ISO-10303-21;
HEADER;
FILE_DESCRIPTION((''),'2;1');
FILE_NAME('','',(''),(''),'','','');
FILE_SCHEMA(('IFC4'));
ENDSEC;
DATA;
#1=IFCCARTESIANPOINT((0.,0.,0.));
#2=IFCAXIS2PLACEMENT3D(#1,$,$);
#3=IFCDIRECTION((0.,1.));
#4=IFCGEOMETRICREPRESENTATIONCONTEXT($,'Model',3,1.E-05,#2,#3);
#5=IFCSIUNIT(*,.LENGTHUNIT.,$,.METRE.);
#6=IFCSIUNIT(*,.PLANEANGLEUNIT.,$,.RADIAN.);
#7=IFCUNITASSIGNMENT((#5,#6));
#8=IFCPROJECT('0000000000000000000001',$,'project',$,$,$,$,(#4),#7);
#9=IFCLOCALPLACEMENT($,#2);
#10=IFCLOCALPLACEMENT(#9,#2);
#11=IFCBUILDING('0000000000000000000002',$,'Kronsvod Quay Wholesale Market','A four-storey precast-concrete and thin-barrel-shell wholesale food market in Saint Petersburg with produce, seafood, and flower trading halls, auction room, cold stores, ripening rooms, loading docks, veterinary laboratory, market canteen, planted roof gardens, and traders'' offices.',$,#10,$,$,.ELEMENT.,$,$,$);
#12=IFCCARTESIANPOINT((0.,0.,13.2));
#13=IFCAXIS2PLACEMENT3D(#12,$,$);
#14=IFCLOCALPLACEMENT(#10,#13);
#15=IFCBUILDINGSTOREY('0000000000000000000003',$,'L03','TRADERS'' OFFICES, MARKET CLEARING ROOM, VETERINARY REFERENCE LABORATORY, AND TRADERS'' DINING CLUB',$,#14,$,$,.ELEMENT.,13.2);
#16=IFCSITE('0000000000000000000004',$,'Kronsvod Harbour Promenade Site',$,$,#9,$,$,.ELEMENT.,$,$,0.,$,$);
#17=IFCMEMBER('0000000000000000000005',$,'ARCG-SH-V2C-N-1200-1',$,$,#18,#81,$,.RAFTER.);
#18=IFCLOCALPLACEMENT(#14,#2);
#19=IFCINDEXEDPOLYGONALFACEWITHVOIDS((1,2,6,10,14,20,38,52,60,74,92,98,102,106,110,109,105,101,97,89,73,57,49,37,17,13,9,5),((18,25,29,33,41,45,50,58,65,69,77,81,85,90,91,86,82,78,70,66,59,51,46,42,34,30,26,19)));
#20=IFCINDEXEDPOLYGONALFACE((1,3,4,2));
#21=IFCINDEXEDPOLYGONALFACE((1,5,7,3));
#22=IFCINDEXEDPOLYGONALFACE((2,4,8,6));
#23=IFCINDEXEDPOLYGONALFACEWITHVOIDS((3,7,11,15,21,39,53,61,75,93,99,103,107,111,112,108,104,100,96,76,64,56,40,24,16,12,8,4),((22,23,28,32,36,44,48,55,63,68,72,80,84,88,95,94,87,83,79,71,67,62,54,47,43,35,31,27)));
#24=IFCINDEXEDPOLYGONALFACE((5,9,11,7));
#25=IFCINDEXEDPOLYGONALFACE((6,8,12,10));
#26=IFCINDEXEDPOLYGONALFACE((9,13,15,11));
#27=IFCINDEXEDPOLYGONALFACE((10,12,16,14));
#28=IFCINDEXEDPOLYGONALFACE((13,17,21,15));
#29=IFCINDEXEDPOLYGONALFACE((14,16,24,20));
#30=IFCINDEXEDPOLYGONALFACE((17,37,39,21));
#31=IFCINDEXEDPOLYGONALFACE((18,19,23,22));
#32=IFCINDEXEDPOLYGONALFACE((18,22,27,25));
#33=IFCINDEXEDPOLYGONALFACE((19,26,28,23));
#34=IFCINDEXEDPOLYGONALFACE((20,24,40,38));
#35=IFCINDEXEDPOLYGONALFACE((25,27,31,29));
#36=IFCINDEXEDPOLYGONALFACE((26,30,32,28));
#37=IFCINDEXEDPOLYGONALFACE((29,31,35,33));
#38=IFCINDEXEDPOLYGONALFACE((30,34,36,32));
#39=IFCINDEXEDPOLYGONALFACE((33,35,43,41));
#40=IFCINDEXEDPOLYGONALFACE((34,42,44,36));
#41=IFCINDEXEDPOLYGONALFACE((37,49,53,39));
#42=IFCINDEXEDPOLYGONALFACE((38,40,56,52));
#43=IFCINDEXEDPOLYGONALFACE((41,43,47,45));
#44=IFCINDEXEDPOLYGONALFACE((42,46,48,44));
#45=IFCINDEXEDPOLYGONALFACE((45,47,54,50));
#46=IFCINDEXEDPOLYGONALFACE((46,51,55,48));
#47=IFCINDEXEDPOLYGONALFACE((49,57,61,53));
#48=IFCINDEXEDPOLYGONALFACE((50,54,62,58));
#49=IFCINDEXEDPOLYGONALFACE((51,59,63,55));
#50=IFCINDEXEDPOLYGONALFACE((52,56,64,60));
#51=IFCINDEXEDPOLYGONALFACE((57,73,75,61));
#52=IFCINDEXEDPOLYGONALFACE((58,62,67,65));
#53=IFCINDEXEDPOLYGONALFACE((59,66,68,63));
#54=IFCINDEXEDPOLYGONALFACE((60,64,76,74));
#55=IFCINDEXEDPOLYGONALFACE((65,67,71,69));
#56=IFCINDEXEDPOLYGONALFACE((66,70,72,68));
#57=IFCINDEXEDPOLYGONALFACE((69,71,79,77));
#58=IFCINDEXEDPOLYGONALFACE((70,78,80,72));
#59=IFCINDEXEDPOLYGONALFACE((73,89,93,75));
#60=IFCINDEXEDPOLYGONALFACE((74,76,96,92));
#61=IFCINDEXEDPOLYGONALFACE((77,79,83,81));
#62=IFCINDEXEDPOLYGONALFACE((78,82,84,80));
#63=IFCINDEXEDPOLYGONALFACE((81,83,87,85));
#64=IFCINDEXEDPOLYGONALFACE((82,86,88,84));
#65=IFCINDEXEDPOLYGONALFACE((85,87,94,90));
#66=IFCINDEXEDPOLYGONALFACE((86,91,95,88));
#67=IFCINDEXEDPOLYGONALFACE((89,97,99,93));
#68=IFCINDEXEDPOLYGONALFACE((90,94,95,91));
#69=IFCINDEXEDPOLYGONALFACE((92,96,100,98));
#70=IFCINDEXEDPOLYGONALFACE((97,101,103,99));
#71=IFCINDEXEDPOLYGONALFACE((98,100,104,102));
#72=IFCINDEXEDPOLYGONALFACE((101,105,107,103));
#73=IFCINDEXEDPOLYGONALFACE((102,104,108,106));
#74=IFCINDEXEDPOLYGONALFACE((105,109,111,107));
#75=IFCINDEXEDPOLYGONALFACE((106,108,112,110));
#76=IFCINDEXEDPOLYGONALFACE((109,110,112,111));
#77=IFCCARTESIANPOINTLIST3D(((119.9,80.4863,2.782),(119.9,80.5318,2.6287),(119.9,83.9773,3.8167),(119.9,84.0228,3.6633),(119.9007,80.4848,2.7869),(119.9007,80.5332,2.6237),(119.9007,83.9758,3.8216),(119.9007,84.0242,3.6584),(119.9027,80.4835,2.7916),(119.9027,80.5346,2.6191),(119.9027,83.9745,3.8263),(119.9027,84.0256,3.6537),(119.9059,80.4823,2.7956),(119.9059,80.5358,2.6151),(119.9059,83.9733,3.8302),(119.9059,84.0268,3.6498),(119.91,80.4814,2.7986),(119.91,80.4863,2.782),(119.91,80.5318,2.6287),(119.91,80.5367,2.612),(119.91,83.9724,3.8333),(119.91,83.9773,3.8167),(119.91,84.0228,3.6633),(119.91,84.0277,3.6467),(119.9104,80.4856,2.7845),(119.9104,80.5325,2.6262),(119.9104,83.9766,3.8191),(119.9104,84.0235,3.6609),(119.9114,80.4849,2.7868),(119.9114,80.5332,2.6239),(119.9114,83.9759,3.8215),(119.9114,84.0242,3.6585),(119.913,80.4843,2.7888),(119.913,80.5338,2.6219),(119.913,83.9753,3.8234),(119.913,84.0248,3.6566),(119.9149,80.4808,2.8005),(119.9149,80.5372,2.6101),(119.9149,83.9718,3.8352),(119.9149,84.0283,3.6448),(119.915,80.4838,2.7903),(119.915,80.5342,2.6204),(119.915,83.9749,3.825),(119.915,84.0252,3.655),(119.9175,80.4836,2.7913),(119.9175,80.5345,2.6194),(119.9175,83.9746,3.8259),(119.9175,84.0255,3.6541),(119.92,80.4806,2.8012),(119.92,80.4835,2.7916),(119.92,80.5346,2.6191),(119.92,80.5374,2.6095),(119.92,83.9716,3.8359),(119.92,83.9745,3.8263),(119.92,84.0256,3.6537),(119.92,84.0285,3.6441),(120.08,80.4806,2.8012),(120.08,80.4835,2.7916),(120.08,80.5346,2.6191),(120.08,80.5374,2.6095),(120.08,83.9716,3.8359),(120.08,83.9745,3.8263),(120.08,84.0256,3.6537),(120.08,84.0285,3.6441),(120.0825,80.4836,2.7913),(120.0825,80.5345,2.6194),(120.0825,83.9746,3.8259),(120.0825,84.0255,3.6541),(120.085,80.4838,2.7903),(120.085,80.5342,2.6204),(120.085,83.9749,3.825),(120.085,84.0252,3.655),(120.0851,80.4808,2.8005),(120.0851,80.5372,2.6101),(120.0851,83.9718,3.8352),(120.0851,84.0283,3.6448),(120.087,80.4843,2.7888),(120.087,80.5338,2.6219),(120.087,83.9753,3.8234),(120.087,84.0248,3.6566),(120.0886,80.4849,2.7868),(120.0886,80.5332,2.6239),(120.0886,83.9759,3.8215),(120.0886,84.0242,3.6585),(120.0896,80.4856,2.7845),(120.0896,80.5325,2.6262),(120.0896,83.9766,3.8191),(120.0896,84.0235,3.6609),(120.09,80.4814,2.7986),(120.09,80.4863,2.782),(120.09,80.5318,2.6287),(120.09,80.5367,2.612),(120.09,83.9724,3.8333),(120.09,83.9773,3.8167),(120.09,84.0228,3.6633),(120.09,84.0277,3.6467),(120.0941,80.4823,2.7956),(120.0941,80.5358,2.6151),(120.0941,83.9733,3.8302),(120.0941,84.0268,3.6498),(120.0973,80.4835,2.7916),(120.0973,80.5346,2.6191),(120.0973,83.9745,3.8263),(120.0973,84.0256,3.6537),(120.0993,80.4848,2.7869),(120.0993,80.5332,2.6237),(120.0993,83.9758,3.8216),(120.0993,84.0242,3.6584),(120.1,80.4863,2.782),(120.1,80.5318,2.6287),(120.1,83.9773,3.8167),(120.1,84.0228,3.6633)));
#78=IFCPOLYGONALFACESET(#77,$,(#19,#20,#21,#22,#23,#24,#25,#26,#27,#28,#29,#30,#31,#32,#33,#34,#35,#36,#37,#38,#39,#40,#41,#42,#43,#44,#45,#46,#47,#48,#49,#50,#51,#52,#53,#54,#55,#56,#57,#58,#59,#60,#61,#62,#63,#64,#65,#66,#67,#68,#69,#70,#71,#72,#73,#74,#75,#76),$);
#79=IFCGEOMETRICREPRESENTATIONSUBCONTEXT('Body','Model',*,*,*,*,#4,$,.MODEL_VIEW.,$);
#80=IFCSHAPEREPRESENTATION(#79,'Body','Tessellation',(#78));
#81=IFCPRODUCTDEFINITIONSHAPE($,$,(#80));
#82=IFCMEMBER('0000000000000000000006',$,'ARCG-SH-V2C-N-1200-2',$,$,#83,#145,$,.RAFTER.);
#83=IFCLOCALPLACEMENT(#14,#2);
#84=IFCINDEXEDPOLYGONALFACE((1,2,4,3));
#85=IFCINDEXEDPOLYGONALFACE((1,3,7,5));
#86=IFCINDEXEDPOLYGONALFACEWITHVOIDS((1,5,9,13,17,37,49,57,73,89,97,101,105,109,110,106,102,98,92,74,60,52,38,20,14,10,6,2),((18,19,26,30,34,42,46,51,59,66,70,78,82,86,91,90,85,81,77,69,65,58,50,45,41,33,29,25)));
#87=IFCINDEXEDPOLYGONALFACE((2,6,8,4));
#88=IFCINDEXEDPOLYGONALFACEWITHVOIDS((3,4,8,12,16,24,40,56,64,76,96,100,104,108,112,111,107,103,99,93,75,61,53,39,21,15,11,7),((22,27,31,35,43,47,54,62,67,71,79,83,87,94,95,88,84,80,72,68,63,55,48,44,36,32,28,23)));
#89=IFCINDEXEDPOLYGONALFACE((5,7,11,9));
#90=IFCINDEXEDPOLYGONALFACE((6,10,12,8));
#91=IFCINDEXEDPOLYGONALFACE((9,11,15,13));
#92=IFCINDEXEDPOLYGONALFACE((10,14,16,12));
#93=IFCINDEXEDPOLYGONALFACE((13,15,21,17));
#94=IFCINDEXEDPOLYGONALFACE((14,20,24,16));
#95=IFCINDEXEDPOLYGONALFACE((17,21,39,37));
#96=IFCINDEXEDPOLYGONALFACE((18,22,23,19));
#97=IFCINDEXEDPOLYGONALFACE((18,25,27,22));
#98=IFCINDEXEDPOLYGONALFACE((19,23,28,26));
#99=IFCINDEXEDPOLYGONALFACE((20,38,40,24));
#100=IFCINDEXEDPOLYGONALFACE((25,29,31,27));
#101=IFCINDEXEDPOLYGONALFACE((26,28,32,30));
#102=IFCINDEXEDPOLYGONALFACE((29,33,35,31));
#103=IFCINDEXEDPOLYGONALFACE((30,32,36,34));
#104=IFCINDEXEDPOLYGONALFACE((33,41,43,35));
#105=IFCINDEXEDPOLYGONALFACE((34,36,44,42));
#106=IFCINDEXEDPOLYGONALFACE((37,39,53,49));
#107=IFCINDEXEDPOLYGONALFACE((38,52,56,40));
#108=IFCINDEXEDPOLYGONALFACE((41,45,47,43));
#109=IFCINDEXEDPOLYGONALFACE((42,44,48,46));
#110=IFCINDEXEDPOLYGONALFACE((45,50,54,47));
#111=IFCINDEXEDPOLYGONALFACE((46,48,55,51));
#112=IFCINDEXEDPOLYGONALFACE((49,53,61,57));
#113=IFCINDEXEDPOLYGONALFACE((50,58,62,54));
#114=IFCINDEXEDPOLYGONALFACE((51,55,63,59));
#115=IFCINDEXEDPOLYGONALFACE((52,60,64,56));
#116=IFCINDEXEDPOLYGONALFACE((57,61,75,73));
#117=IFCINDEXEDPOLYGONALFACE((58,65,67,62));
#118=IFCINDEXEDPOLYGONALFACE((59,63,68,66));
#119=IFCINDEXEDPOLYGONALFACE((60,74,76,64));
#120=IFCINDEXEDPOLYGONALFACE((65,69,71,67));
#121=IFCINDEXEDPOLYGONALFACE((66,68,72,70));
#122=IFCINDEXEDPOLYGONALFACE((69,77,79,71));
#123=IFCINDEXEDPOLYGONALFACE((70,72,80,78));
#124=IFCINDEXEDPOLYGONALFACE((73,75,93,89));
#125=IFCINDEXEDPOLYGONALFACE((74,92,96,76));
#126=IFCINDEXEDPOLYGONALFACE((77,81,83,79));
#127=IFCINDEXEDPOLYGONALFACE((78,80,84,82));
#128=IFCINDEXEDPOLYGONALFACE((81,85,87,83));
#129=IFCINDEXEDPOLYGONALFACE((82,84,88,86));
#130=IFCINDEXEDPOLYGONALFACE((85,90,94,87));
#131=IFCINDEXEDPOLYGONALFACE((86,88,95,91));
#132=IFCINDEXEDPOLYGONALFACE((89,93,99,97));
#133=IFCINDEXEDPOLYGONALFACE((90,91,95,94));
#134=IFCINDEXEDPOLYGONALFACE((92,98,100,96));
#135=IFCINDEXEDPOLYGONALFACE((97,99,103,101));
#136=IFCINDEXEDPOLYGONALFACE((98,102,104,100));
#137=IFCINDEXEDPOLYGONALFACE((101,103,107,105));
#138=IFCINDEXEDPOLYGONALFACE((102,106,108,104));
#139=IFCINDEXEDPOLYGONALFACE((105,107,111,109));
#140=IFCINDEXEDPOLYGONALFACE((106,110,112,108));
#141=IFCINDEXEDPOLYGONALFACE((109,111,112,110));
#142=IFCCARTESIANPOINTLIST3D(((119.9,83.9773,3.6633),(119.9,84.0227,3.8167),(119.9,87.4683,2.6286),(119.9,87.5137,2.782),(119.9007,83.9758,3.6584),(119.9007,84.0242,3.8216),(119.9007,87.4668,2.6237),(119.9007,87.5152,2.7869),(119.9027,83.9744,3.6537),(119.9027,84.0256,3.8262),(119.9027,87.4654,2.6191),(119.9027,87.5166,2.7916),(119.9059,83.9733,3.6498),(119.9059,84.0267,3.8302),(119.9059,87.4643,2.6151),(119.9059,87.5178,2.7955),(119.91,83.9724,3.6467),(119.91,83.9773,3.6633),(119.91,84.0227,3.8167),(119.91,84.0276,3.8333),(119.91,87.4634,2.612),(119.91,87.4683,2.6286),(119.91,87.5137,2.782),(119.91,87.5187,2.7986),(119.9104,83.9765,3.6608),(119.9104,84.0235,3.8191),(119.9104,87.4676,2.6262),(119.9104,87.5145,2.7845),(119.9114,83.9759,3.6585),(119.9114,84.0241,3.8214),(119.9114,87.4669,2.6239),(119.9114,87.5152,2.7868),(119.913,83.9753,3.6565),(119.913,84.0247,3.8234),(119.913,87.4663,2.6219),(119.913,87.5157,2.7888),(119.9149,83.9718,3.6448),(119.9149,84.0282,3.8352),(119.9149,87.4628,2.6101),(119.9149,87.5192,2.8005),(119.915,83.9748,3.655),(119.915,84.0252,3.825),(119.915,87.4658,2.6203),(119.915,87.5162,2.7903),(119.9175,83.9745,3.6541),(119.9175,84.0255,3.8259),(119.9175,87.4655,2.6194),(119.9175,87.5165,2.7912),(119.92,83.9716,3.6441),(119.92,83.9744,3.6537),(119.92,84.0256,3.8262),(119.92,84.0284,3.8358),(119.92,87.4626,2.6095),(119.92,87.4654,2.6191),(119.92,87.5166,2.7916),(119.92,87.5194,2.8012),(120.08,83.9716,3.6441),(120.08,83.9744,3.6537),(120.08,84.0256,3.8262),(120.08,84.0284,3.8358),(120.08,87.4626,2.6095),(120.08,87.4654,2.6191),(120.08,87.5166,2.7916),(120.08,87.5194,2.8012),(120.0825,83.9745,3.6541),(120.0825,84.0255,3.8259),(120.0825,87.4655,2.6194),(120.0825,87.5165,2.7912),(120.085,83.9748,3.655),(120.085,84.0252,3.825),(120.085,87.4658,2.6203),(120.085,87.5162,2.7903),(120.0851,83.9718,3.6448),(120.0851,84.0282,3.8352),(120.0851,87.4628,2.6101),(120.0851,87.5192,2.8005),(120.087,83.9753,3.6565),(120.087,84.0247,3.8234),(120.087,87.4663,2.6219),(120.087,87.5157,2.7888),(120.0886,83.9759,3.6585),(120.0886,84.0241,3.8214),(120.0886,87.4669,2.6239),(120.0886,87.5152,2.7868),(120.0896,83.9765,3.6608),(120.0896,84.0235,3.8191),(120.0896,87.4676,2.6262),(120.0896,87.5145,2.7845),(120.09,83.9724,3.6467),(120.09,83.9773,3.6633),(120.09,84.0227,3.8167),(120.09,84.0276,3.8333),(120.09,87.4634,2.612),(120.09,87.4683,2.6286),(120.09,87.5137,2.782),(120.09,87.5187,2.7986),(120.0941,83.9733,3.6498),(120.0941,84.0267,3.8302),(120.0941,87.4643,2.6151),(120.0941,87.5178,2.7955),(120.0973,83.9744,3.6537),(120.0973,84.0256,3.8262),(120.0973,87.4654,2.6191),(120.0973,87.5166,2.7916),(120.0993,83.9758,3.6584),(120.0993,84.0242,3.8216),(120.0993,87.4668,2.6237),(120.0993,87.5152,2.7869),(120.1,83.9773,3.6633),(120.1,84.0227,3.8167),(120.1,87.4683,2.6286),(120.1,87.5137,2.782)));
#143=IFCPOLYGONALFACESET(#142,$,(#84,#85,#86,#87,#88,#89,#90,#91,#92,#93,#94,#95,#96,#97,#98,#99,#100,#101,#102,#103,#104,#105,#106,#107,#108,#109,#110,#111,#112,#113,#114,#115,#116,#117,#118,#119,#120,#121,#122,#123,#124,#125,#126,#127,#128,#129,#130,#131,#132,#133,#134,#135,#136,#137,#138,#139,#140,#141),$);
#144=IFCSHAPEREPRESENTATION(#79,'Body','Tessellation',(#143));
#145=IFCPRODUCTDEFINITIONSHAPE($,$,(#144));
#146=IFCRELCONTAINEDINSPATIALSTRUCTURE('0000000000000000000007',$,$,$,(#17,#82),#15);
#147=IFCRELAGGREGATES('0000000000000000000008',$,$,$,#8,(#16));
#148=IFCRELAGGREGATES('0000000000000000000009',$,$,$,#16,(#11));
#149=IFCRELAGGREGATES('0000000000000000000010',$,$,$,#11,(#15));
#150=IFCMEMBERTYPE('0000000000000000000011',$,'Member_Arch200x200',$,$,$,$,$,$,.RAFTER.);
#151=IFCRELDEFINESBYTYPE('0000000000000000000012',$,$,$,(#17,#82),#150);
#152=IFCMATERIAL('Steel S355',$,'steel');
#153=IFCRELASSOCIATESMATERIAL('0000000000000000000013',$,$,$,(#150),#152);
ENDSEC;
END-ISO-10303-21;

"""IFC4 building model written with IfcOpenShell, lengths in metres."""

from ifc_helpers import new_model, si_unit, direction, frame, origin, origin_2d, place, context, subcontext, project, spatial, hollow_rectangle, extrude, material, material_profile, profile_set, type_object, element, save


model = new_model("IFC4")

# Units and contexts
model_context = context("Model", 3, precision=1e-05, world=origin(), true_north=direction((0.0, 1.0)))
body_context = subcontext(model_context, "Body", "Model", "MODEL_VIEW")
ifc_project = project(units=[si_unit("LENGTHUNIT", "METRE"), si_unit("PLANEANGLEUNIT", "RADIAN")], contexts=[model_context])

# Site, building, storey
site_placement = place(None, origin())
site = spatial("IfcSite", under=ifc_project, at=site_placement, Name="Kronsvod Harbour Promenade Site", CompositionType="ELEMENT", RefElevation=0.0)
building_placement = place(site_placement, origin())
building = spatial("IfcBuilding", under=site, at=building_placement, Name="Kronsvod Quay Wholesale Market", Description="A four-storey precast-concrete and thin-barrel-shell wholesale food market in Saint Petersburg with produce, seafood, and flower trading halls, auction room, cold stores, ripening rooms, loading docks, veterinary laboratory, market canteen, planted roof gardens, and traders' offices.", CompositionType="ELEMENT")
storey_placement = place(building_placement, frame((0.0, 0.0, 13.2)))
storey = spatial("IfcBuildingStorey", under=building, at=storey_placement, Name="L03", Description="TRADERS' OFFICES, MARKET CLEARING ROOM, VETERINARY REFERENCE LABORATORY, AND TRADERS' DINING CLUB", CompositionType="ELEMENT", Elevation=13.2)

# Members
ifc_material_1 = material(Name="Steel S355", Category="steel")
ifc_material_profile_1 = material_profile(ifc_material_1, hollow_rectangle(XDim=0.2, YDim=0.2, WallThickness=0.01, InnerFilletRadius=0.01, OuterFilletRadius=0.02, at=origin_2d()), Name="RHS200x200x10")
ifc_profile_set_1 = profile_set([ifc_material_profile_1], Name="Steel S355")
member_type_1 = type_object("IfcMemberType", Name="Member_Arch200x200", PredefinedType="RAFTER", material=ifc_profile_set_1)
for number, where, z_axis, x_axis, name in (
    (1, (120.0, 80.509, 2.7053), (0.0, 0.958775, 0.284166), (-1.0, 0.0, 0.0), "ARCG-SH-V2C-N-1200-1"),
    (2, (120.0, 84.0, 3.74), (0.0, 0.958775, -0.284166), (-1.0, 0.0, 0.0), "ARCG-SH-V2C-N-1200-2"),
):
    element("IfcMember", number, at=place(storey_placement, frame(where, z_axis=z_axis, x_axis=x_axis)), inside=storey, type_object=member_type_1, Name=name, PredefinedType="RAFTER", context=body_context, shape_type="SweptSolid", body=[
        extrude(hollow_rectangle(XDim=0.2, YDim=0.2, WallThickness=0.01, InnerFilletRadius=0.01, OuterFilletRadius=0.02, at=origin_2d()), origin(), (0.0, 0.0, 1.0), 3.6411),
    ])

save(model, "model.ifc")
